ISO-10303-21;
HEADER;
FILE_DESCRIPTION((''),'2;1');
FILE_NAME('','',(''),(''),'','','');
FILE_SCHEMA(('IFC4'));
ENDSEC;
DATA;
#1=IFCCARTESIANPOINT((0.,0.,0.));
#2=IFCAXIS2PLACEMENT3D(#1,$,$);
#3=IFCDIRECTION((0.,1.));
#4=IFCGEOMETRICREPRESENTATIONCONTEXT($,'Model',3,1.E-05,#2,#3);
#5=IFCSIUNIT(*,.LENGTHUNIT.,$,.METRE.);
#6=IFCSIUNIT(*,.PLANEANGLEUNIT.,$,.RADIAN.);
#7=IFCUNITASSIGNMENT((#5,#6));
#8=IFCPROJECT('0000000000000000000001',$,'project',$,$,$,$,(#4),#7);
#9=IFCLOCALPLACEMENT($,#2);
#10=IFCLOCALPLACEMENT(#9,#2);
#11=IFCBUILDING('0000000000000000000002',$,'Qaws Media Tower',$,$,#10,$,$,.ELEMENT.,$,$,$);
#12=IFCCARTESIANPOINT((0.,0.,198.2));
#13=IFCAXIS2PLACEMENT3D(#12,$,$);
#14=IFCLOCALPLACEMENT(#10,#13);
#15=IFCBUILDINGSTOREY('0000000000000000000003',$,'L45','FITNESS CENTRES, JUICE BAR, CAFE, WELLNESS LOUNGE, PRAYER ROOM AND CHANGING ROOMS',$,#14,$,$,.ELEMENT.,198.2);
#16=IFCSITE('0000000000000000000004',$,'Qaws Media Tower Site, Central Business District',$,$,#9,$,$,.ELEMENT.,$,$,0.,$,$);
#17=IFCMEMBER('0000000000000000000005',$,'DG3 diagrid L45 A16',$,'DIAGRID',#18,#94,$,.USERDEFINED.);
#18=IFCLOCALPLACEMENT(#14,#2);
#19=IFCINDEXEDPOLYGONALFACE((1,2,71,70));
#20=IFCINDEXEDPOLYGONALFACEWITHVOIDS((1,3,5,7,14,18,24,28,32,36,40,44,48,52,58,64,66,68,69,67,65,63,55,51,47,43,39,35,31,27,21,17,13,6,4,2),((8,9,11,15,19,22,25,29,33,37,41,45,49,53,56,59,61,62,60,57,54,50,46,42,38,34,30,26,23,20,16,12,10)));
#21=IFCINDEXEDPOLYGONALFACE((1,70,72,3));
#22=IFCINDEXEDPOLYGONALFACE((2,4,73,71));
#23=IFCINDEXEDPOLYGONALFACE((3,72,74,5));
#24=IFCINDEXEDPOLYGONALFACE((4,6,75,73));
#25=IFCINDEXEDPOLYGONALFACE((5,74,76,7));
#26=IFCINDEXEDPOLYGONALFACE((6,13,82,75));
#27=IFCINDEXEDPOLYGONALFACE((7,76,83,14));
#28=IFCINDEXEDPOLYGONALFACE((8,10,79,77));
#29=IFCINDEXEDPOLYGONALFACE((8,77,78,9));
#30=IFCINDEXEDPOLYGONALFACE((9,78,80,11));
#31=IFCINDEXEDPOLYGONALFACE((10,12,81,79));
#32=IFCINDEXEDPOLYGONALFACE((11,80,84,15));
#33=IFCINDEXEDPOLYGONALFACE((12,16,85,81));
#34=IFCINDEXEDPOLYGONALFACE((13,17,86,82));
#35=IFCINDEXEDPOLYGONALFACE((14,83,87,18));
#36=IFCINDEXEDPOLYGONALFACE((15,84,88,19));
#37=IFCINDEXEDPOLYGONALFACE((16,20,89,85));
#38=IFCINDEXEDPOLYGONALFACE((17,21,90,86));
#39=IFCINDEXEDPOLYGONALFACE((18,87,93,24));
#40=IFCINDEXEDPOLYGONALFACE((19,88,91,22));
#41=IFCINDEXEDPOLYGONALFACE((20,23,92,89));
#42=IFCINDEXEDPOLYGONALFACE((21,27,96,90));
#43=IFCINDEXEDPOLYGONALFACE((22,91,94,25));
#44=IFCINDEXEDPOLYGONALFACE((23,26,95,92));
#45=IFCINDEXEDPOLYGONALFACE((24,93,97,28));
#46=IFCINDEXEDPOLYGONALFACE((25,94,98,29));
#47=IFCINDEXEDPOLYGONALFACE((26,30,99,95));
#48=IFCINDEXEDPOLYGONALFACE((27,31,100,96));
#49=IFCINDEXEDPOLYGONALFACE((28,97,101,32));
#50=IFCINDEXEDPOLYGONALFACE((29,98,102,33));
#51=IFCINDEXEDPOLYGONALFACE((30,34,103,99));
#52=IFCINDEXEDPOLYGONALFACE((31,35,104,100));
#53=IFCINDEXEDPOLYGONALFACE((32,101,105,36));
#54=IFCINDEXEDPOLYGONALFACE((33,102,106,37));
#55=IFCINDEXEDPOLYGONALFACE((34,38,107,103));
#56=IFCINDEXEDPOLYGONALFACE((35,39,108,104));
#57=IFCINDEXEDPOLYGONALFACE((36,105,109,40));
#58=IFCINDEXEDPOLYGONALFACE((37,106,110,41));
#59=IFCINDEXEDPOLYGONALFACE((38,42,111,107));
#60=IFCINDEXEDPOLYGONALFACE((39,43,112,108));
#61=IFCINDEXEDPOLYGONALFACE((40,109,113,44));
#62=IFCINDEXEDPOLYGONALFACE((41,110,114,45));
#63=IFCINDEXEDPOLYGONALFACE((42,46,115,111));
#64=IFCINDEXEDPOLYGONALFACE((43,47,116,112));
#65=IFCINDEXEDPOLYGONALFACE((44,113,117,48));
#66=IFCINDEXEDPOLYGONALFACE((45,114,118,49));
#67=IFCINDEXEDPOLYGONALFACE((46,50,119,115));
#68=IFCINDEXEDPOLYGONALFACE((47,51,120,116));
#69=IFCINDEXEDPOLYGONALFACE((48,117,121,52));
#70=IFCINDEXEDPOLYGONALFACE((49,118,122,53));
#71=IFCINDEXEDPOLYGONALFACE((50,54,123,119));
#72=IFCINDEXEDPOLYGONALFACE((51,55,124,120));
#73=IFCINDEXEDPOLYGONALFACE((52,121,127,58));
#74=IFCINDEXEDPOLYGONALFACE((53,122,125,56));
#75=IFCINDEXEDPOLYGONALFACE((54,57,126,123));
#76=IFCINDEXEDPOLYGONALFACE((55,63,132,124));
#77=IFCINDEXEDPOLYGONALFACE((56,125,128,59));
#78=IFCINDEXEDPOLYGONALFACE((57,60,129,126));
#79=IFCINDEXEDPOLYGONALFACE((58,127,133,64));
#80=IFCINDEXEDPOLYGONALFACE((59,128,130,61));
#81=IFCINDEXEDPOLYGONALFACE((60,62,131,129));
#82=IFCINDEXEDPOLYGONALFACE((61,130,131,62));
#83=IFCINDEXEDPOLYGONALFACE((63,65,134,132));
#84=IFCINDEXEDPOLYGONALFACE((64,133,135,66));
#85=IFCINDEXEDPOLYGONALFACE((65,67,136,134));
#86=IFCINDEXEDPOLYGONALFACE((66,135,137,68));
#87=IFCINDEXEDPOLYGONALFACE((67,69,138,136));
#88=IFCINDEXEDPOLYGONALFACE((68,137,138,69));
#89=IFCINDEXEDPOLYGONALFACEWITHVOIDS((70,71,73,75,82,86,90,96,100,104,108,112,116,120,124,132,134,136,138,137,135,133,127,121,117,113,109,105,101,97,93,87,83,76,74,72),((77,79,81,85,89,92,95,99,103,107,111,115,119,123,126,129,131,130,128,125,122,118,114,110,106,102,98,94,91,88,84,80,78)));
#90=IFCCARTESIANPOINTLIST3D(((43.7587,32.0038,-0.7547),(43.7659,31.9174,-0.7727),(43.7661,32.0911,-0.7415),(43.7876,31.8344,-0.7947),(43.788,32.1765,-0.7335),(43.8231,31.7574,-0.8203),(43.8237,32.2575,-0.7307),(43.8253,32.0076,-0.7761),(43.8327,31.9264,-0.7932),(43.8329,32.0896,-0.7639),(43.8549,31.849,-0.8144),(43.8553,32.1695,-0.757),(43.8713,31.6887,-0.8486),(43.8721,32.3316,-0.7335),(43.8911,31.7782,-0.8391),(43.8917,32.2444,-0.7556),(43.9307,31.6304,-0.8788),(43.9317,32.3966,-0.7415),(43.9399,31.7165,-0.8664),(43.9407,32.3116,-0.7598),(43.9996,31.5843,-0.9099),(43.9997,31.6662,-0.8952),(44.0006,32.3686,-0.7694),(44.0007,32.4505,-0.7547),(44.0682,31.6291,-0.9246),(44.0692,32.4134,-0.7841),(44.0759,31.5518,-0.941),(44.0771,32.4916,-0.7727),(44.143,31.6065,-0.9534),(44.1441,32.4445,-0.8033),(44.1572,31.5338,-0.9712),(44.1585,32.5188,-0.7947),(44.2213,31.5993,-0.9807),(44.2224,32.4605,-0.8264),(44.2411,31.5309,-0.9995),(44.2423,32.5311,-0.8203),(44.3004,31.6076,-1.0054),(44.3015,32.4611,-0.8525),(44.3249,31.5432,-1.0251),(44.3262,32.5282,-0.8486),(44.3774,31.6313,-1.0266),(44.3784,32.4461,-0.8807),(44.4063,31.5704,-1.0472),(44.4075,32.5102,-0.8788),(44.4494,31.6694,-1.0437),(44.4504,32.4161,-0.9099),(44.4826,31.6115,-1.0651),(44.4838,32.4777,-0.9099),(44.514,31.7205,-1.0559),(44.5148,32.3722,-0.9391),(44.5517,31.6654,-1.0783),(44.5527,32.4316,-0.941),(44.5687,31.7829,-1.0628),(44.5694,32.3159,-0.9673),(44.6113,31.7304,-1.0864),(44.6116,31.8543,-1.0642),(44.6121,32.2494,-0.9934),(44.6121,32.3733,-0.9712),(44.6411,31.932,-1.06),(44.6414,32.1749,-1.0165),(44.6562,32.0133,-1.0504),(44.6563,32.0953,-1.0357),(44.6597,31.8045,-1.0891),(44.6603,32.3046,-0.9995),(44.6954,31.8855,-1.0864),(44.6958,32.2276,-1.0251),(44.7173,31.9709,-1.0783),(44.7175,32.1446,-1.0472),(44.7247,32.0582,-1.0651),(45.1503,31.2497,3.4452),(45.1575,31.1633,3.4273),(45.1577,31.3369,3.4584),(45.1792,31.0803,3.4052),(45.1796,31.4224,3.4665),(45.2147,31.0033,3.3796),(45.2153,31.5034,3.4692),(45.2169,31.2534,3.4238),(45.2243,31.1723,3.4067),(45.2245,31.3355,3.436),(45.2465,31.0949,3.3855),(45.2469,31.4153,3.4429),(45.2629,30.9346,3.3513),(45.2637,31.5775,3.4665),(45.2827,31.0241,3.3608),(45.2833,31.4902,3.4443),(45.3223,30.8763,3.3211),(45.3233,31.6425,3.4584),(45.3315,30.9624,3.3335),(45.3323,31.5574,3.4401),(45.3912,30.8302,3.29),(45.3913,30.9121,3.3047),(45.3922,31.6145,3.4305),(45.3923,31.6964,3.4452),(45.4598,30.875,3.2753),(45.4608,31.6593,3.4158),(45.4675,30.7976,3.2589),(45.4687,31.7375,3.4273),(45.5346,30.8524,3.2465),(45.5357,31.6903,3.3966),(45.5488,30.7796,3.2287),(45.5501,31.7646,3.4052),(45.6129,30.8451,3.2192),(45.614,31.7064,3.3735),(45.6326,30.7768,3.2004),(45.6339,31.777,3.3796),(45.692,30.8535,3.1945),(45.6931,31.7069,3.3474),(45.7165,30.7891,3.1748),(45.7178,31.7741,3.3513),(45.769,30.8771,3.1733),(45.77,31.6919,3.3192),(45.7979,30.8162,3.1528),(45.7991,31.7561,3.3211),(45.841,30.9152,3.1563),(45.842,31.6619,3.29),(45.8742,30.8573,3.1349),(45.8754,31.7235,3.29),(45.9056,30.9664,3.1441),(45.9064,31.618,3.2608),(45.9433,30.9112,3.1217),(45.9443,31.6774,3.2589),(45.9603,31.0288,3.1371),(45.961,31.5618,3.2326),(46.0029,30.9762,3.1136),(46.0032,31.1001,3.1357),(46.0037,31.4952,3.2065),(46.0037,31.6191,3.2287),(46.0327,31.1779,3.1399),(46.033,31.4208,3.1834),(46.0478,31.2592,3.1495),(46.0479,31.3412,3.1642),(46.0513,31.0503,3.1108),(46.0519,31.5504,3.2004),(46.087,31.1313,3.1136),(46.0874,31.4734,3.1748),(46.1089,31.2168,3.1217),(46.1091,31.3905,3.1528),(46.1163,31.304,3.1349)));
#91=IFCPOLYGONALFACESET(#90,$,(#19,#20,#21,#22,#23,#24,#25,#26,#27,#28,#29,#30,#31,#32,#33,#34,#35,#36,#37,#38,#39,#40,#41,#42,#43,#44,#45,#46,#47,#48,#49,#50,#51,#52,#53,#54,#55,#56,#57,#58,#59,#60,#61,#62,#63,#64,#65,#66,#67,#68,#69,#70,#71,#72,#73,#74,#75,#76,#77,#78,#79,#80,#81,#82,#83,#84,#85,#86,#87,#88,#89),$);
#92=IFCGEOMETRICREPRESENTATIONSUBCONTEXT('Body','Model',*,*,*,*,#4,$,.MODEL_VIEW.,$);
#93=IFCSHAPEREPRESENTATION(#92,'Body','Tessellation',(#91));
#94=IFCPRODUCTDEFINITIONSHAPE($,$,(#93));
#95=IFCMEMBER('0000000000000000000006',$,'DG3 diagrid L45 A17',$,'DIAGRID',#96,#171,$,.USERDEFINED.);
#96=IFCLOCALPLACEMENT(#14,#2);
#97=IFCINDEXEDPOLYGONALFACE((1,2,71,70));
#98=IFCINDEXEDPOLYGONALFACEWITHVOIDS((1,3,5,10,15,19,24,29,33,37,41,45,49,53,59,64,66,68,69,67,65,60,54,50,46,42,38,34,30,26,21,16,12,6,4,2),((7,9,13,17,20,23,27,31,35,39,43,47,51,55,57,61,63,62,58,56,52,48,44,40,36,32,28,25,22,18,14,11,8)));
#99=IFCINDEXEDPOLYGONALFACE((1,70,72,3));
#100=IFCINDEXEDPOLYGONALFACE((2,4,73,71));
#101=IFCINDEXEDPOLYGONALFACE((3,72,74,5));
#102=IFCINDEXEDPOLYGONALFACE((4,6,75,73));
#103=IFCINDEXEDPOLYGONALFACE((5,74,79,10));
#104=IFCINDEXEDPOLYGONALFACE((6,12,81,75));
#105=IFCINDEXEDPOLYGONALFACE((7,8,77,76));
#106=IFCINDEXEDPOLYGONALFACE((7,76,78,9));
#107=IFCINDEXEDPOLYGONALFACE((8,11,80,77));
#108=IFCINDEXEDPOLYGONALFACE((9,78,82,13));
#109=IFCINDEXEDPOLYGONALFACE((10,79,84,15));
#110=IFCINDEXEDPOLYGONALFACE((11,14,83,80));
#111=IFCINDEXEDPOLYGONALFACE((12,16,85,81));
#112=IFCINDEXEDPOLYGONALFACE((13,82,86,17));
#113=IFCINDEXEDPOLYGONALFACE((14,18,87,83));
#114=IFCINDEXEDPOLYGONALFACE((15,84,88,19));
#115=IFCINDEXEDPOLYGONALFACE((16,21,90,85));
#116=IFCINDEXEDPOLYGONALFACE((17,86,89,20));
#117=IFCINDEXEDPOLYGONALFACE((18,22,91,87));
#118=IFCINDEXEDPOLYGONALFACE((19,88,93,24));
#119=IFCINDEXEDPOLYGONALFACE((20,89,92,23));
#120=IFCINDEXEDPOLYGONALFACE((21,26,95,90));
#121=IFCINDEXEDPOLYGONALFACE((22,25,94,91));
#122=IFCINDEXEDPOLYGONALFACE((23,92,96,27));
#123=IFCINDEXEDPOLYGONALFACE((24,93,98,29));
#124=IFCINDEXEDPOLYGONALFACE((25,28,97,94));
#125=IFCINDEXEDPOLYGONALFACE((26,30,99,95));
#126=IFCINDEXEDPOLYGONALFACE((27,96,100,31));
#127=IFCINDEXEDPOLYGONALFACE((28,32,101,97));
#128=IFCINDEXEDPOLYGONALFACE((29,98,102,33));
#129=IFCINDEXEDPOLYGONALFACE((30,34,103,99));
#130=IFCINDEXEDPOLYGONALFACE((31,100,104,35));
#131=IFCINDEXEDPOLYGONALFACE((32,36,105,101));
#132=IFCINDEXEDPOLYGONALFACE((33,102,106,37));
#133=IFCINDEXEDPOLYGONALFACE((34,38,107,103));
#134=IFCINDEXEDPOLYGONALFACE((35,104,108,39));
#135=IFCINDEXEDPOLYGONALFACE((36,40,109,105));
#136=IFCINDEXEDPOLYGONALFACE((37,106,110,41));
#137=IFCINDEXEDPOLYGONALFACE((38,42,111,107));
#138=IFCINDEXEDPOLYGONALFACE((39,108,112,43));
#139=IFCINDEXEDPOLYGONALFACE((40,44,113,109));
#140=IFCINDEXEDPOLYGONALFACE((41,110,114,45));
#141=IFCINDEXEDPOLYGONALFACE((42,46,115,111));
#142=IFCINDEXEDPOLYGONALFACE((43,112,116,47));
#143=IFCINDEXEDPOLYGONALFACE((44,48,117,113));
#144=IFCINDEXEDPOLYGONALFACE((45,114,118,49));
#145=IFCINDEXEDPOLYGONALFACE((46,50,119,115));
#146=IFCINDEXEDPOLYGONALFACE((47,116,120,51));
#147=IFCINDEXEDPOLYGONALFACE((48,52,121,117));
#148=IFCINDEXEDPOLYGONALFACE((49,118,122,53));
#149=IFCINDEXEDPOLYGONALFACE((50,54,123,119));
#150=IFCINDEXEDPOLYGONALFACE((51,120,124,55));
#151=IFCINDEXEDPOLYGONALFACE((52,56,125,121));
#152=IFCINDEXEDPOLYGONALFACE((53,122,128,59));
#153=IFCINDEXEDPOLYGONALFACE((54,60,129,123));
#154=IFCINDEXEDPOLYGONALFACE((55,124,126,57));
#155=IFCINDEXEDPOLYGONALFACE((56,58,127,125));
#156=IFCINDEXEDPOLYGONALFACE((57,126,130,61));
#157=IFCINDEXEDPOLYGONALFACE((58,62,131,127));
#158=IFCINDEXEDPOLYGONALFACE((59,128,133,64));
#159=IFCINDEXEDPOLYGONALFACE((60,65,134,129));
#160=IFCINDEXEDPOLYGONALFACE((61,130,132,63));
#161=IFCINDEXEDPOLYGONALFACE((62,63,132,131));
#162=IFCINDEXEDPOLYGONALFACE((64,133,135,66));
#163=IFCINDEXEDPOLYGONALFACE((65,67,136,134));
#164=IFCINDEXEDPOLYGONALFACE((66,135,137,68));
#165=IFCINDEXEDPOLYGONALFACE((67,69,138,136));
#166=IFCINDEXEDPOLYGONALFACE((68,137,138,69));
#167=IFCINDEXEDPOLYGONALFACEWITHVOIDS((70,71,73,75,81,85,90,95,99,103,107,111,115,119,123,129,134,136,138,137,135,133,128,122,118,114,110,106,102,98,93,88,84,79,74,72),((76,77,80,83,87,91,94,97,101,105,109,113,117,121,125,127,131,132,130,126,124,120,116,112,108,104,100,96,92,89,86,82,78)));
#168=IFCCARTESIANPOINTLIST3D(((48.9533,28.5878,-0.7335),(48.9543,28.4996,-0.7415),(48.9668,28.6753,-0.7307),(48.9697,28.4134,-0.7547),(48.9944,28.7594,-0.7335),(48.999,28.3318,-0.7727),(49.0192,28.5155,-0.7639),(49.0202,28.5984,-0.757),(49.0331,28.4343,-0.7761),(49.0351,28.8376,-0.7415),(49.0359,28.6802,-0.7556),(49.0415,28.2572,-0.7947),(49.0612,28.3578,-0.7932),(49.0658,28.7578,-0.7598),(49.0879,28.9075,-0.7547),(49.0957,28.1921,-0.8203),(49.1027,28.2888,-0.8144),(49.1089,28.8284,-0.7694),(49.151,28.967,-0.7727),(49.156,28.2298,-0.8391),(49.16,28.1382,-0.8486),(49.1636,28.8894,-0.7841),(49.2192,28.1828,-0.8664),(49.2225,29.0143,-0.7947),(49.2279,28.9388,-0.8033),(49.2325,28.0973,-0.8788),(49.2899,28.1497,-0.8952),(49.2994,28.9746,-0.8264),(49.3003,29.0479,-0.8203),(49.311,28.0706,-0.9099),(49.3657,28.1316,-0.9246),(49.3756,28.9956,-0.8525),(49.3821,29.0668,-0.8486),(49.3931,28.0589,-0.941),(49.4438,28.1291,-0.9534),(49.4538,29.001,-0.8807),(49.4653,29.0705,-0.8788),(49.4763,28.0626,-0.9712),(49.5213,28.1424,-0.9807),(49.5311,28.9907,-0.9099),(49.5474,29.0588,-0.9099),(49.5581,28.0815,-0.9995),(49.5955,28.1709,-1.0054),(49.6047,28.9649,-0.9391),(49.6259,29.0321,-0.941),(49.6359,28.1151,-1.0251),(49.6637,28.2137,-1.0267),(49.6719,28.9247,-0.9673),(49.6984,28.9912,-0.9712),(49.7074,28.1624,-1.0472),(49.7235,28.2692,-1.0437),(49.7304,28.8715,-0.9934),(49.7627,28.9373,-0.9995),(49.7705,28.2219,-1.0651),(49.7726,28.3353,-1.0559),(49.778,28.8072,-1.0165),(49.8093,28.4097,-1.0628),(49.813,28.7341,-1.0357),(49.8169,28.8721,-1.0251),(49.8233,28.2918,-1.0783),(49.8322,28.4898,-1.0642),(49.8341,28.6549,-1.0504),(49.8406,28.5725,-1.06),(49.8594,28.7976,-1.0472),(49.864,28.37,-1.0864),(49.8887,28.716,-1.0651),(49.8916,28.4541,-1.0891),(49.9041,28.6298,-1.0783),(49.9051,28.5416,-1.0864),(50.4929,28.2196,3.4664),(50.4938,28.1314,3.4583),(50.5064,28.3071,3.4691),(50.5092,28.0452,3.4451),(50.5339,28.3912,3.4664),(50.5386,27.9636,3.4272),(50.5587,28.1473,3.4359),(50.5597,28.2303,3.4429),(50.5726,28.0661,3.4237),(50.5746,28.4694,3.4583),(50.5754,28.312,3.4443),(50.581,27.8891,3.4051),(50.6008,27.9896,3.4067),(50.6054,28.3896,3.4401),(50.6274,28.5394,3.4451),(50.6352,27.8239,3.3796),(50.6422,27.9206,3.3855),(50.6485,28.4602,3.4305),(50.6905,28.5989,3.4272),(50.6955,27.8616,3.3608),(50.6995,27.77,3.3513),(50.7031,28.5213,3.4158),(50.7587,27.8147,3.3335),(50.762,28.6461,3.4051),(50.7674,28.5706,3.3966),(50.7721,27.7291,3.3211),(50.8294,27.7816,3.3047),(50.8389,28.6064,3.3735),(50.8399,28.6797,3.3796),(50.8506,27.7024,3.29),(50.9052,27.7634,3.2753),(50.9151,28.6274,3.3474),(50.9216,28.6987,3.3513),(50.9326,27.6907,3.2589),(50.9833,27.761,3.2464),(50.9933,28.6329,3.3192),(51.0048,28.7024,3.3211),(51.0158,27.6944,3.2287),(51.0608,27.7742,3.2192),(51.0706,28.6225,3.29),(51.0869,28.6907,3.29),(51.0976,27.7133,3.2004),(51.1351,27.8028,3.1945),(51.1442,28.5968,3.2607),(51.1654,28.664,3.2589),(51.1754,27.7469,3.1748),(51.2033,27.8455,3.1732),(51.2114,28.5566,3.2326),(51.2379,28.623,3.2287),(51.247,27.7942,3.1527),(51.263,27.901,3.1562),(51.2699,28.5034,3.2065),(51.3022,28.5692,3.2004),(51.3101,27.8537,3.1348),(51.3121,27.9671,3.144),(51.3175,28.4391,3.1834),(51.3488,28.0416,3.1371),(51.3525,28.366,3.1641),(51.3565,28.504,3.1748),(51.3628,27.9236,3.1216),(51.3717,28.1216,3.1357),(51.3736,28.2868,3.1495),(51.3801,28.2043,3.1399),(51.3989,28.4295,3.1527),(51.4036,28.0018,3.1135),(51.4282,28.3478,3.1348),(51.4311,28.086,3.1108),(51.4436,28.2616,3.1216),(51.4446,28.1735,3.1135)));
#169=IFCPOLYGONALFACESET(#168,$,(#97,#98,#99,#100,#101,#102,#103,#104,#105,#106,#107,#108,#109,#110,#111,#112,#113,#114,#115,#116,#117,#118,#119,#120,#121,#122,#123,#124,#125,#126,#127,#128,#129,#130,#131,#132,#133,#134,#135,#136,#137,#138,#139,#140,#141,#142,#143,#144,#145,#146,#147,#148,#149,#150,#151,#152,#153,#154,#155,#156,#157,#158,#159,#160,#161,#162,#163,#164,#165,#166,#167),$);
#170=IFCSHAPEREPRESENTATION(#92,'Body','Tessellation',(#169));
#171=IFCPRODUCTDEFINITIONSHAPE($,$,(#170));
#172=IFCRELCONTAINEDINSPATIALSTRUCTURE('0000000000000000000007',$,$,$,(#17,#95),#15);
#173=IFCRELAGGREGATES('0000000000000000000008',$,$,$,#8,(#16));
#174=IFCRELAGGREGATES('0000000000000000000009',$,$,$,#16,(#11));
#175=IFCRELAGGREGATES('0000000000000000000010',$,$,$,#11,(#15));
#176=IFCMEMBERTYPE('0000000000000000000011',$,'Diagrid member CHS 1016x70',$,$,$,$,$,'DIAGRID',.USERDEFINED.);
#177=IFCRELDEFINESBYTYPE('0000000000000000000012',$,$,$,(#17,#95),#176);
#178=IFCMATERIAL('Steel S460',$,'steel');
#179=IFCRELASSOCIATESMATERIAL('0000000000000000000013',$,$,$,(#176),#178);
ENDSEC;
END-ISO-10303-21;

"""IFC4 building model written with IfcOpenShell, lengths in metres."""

from ifc_helpers import new_model, si_unit, direction, frame, origin, origin_2d, place, context, subcontext, project, spatial, hollow_circle, extrude, material, material_profile, profile_set, type_object, element, save


model = new_model("IFC4")

# Units and contexts
model_context = context("Model", 3, precision=1e-05, world=origin(), true_north=direction((0.0, 1.0)))
body_context = subcontext(model_context, "Body", "Model", "MODEL_VIEW")
ifc_project = project(units=[si_unit("LENGTHUNIT", "METRE"), si_unit("PLANEANGLEUNIT", "RADIAN")], contexts=[model_context])

# Site, building, storey
site_placement = place(None, origin())
site = spatial("IfcSite", under=ifc_project, at=site_placement, Name="Qaws Media Tower Site, Central Business District", CompositionType="ELEMENT", RefElevation=0.0)
building_placement = place(site_placement, origin())
building = spatial("IfcBuilding", under=site, at=building_placement, Name="Qaws Media Tower", CompositionType="ELEMENT")
storey_placement = place(building_placement, frame((0.0, 0.0, 198.2)))
storey = spatial("IfcBuildingStorey", under=building, at=storey_placement, Name="L45", Description="FITNESS CENTRES, JUICE BAR, CAFE, WELLNESS LOUNGE, PRAYER ROOM AND CHANGING ROOMS", CompositionType="ELEMENT", Elevation=198.2)

# Members
ifc_material_1 = material(Name="Steel S460", Category="steel")
ifc_material_profile_1 = material_profile(ifc_material_1, hollow_circle(Radius=0.5081, WallThickness=0.0701, at=origin_2d()), Name="CHS 1016x70")
ifc_profile_set_1 = profile_set([ifc_material_profile_1], Name="Steel S460")
member_type_1 = type_object("IfcMemberType", Name="Diagrid member CHS 1016x70", ElementType="DIAGRID", PredefinedType="USERDEFINED", material=ifc_profile_set_1)
for number, where, z_axis, x_axis, name in (
    (1, (44.2417, 32.031, -0.9099), (0.310051, -0.168026, 0.935754), (0.476462, 0.879195, 0.0), "DG3 diagrid L45 A16"),
    (2, (49.4292, 28.5647, -0.9099), (0.34301, -0.082026, 0.935744), (0.23258, 0.972577, 0.0), "DG3 diagrid L45 A17"),
):
    element("IfcMember", number, at=place(storey_placement, frame(where, z_axis=z_axis, x_axis=x_axis)), inside=storey, type_object=member_type_1, Name=name, ObjectType="DIAGRID", PredefinedType="USERDEFINED", context=body_context, shape_type="SweptSolid", body=[
        extrude(hollow_circle(Radius=0.5081, WallThickness=0.0701, at=origin_2d()), origin(), (0.0, 0.0, 1.0), 4.4883),
    ])

save(model, "model.ifc")
